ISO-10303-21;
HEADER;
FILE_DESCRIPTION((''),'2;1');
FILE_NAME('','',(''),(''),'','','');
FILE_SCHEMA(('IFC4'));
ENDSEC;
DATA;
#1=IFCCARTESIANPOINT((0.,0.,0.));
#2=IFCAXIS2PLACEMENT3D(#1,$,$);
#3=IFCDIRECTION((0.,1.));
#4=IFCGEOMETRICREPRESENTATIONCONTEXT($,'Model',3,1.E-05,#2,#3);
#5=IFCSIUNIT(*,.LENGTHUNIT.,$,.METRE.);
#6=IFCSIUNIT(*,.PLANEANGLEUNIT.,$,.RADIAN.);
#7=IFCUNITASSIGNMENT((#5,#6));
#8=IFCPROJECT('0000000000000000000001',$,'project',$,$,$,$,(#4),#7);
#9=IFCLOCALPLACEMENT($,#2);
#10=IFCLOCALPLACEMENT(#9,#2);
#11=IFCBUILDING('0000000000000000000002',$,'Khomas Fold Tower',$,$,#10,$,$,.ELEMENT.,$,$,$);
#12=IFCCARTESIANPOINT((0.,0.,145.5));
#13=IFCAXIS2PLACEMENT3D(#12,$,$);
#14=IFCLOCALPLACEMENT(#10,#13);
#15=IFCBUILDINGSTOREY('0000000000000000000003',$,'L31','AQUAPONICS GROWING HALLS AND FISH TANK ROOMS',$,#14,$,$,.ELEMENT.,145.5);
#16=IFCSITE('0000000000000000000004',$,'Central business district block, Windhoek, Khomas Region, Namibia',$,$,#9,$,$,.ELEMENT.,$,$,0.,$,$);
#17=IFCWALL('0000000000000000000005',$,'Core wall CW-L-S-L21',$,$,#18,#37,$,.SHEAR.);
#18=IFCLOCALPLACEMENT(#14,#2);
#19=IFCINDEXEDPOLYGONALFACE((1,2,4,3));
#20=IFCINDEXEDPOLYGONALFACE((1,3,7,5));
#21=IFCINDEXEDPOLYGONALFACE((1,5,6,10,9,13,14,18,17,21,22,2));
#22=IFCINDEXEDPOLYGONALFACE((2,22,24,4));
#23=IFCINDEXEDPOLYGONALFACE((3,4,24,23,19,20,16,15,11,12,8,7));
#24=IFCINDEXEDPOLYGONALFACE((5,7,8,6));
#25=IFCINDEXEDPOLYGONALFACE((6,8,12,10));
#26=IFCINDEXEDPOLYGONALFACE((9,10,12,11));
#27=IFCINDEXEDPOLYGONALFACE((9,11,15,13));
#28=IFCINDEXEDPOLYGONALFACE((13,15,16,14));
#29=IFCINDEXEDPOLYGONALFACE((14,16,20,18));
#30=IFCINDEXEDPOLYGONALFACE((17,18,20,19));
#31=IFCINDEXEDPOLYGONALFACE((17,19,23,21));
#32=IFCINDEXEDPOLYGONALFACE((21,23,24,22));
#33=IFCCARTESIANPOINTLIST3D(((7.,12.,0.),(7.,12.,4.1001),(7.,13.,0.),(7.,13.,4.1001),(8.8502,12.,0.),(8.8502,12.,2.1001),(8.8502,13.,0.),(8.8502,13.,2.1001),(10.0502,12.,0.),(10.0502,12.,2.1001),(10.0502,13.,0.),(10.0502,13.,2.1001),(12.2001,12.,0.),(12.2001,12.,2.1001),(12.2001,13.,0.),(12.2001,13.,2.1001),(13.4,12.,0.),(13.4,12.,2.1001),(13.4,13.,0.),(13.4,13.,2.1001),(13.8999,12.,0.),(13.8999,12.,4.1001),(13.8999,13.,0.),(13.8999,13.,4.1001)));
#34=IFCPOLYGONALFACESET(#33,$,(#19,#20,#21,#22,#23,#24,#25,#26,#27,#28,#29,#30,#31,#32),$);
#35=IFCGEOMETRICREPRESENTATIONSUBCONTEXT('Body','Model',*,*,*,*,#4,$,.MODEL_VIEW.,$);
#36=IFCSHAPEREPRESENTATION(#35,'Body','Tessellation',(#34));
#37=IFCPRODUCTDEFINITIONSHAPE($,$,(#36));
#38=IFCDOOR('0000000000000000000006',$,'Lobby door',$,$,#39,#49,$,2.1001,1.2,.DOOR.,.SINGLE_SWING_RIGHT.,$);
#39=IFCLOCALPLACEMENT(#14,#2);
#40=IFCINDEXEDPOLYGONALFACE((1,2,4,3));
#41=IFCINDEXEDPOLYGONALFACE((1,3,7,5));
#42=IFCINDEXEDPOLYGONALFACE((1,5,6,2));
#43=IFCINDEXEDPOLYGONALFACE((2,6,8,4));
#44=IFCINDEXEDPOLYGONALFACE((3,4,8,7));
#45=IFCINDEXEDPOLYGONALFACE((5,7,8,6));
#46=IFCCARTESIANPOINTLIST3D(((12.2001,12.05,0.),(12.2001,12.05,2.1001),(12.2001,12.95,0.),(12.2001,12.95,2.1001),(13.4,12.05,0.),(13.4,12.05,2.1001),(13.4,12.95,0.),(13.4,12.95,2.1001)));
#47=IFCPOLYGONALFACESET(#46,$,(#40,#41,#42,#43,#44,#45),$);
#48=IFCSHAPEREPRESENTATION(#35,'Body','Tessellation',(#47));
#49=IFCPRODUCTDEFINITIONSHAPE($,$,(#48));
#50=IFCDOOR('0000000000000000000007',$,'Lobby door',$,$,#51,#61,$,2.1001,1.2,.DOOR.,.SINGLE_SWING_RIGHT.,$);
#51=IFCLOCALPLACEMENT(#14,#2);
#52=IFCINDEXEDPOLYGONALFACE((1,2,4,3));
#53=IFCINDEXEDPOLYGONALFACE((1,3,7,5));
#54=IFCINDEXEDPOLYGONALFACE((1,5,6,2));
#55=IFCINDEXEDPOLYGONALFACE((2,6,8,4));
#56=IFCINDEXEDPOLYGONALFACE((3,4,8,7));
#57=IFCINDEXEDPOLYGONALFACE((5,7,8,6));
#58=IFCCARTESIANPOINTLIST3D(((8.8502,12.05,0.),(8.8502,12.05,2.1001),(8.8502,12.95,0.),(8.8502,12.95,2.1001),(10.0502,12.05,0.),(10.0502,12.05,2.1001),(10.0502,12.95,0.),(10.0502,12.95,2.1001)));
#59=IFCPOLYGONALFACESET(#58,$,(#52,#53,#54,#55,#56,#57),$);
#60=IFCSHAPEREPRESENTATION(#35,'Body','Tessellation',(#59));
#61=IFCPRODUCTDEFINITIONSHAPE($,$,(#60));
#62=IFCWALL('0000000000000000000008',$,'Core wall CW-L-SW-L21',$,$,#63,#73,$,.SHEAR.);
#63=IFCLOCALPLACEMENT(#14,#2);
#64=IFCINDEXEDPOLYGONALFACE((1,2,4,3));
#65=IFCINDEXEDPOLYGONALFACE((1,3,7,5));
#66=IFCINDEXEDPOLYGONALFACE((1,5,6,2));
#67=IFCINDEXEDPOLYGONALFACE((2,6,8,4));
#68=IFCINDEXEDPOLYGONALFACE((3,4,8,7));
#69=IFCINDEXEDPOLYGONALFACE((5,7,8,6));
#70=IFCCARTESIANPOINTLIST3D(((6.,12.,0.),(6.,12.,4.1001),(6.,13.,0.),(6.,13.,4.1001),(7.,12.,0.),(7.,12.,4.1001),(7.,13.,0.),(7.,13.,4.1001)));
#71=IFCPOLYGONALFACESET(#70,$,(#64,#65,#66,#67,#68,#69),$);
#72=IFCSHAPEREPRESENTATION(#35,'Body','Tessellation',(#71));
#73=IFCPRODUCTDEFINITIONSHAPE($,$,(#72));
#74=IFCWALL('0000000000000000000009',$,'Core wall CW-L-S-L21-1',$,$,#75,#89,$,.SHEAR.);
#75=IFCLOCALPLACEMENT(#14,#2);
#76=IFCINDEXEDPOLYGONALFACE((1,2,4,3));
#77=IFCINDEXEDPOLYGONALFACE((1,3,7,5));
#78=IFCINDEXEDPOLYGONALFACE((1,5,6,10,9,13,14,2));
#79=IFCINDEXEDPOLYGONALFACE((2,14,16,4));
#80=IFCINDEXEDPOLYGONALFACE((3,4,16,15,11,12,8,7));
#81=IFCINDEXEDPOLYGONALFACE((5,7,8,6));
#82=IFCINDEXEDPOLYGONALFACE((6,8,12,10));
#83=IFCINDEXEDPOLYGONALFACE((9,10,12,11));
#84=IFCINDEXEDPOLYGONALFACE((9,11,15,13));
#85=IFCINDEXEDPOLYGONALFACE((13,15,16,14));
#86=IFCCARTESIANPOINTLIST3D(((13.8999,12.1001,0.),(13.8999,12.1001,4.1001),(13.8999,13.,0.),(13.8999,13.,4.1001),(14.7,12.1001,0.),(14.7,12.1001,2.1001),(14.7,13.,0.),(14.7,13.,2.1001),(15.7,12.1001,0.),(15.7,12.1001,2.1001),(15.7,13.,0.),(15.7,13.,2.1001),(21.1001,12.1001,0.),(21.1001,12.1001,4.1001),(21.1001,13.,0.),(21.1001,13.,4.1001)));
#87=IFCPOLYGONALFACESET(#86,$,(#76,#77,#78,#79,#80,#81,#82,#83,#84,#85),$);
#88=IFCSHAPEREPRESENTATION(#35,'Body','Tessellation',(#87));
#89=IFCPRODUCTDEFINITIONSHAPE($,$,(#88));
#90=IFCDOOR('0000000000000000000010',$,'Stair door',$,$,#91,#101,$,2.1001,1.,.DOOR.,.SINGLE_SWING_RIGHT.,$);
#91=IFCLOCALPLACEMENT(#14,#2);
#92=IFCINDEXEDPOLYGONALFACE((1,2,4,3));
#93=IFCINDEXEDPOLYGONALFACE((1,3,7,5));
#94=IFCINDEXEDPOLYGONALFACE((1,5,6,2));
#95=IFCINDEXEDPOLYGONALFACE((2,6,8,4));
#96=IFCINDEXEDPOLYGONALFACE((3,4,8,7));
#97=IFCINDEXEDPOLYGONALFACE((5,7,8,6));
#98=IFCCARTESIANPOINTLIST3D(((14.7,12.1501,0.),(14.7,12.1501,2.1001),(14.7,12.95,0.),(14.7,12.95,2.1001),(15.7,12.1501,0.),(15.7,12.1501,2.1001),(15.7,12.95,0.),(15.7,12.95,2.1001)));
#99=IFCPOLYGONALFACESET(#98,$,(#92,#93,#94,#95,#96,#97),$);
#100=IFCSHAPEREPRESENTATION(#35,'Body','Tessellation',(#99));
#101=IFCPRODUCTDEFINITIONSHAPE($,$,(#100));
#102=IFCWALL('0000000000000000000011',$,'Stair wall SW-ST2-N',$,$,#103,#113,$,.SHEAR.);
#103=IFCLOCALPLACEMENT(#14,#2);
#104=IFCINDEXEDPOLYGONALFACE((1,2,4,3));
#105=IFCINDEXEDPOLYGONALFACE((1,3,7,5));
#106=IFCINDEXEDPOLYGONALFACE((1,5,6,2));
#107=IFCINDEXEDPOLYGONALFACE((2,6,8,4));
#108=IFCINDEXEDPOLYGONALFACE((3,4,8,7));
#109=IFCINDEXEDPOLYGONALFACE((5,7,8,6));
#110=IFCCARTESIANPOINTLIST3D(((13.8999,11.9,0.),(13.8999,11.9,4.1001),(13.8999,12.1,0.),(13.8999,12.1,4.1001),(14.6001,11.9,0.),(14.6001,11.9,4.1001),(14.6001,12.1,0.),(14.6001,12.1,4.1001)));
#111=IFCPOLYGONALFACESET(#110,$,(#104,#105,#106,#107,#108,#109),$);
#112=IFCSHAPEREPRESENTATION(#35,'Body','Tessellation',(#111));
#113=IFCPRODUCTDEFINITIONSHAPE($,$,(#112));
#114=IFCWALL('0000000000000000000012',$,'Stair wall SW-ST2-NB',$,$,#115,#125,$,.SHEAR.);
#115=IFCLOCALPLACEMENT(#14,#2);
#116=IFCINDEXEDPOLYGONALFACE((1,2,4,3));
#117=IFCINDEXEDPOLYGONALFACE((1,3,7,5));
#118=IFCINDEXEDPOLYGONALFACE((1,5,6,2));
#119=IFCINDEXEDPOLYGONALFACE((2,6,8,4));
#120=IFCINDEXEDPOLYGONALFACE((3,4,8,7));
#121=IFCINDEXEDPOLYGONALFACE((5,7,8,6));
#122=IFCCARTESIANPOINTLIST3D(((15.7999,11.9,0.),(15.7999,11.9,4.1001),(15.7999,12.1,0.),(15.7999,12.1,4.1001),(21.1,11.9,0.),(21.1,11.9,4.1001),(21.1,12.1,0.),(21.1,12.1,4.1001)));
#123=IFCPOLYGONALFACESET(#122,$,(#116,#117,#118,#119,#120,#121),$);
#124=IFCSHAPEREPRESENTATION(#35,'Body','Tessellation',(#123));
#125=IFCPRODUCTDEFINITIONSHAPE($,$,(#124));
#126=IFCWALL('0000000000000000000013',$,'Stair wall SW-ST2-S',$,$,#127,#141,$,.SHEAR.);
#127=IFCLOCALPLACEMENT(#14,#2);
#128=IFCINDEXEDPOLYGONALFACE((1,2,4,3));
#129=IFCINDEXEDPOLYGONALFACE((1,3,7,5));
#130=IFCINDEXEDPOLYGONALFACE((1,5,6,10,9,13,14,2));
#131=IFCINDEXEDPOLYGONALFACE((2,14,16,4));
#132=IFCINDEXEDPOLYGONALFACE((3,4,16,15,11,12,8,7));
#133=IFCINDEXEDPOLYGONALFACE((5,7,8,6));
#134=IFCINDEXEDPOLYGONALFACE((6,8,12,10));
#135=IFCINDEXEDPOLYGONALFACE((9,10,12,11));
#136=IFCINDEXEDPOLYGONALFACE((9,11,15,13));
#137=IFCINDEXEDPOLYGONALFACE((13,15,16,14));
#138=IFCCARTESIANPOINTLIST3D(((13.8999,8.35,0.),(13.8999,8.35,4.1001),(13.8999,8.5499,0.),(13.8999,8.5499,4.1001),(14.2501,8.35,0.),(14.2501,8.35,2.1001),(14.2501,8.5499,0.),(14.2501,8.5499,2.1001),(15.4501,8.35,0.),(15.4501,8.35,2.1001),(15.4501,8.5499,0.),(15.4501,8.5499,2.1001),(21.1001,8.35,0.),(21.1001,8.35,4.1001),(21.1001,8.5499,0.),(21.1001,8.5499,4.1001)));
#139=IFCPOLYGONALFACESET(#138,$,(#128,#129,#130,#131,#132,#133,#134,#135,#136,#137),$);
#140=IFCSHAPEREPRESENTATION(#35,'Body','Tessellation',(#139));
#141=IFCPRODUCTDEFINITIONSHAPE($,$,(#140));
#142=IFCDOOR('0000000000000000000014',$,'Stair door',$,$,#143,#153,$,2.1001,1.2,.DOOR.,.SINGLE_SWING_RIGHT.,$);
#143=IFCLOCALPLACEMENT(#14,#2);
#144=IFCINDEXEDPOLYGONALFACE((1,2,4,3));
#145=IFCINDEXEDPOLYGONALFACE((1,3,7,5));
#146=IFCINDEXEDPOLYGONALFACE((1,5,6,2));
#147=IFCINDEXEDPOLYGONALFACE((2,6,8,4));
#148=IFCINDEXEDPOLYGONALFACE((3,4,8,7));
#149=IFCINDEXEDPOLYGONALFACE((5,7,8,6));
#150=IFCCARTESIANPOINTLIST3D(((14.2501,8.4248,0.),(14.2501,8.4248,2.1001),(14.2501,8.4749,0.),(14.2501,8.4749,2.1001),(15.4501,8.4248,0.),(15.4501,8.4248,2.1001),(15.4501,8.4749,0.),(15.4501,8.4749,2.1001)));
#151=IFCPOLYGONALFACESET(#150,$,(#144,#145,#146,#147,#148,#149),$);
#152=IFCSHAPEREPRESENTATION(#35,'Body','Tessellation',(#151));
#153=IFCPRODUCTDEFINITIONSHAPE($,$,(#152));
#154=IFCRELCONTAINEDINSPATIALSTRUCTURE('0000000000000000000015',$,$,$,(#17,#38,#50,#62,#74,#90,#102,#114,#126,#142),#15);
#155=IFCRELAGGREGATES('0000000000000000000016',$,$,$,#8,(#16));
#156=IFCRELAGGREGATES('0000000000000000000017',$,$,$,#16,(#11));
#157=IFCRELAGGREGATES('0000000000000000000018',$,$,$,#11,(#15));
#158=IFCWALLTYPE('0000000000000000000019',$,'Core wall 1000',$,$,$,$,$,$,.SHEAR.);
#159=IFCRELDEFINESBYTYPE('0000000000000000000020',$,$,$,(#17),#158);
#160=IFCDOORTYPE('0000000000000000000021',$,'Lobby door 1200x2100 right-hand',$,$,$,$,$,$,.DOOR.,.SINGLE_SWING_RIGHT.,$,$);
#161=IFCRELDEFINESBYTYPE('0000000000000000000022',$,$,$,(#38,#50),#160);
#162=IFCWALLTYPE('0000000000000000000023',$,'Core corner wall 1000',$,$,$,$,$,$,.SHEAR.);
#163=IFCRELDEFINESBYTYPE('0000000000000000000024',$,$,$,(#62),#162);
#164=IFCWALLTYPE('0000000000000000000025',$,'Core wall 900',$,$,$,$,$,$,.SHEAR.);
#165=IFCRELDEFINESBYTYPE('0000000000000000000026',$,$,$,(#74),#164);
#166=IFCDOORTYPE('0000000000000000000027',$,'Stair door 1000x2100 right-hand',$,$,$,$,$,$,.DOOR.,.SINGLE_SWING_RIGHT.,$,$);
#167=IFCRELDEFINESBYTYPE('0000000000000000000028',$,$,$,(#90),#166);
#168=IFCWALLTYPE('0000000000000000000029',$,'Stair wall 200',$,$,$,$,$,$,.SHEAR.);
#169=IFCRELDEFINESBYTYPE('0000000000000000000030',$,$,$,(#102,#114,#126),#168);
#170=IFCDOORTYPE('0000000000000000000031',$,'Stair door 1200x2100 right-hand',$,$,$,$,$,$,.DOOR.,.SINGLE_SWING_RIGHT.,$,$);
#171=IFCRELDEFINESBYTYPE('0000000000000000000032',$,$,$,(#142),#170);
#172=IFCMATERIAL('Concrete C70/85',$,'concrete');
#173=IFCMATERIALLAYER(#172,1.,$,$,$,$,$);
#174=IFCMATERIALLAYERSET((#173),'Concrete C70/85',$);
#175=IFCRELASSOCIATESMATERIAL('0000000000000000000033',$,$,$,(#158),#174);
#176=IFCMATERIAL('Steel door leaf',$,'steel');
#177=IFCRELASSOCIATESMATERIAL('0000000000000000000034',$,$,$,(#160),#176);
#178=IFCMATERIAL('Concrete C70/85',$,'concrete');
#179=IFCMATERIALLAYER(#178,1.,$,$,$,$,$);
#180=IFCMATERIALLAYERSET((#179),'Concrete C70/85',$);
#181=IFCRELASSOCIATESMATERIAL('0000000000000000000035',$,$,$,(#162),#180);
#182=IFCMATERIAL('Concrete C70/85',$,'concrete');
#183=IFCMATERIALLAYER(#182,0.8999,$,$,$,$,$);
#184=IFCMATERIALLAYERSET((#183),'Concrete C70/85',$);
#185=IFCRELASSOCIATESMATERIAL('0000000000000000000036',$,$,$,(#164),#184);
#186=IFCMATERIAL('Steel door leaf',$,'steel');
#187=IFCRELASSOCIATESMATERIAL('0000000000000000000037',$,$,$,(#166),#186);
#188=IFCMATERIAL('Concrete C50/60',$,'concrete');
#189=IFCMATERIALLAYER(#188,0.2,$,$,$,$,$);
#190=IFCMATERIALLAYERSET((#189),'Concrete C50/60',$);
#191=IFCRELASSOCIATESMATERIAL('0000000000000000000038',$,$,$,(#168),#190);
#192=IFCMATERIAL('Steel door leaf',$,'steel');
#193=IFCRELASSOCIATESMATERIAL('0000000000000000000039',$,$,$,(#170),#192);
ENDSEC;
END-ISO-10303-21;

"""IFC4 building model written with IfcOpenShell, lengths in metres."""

from ifc_helpers import new_model, si_unit, direction, frame, frame_2d, origin, place, context, subcontext, project, spatial, rectangle, extrude, source, transform, mapped, material, layer, layer_set, type_object, element, fill, save


model = new_model("IFC4")

# Units and contexts
model_context = context("Model", 3, precision=1e-05, world=origin(), true_north=direction((0.0, 1.0)))
body_context = subcontext(model_context, "Body", "Model", "MODEL_VIEW")
ifc_project = project(units=[si_unit("LENGTHUNIT", "METRE"), si_unit("PLANEANGLEUNIT", "RADIAN")], contexts=[model_context])

# Site, building, storey
site_placement = place(None, origin())
site = spatial("IfcSite", under=ifc_project, at=site_placement, Name="Central business district block, Windhoek, Khomas Region, Namibia", CompositionType="ELEMENT", RefElevation=0.0)
building_placement = place(site_placement, origin())
building = spatial("IfcBuilding", under=site, at=building_placement, Name="Khomas Fold Tower", CompositionType="ELEMENT")
storey_placement = place(building_placement, frame((0.0, 0.0, 145.5)))
storey = spatial("IfcBuildingStorey", under=building, at=storey_placement, Name="L31", Description="AQUAPONICS GROWING HALLS AND FISH TANK ROOMS", CompositionType="ELEMENT", Elevation=145.5)

# Wall, openings, doors
ifc_material_1 = material(Name="Concrete C70/85", Category="concrete")
ifc_layer_1 = layer(ifc_material_1, 1.0)
ifc_layer_set_1 = layer_set([ifc_layer_1], Name="Concrete C70/85")
wall_type_1 = type_object("IfcWallType", Name="Core wall 1000", PredefinedType="SHEAR", material=ifc_layer_set_1)
shared_shape_1 = source(origin(), body_context, "Body", "SweptSolid", [
    extrude(rectangle(XDim=6.8999, YDim=1.0, at=frame_2d((3.45, 0.0))), origin(), (0.0, 0.0, 1.0), 4.1001),
])
wall_1_placement = place(storey_placement, frame((7.0, 12.5, 0.0), z_axis=(0.0, 0.0, 1.0), x_axis=(1.0, 0.0, 0.0)))
wall_1 = element("IfcWall", 1, at=wall_1_placement, inside=storey, type_object=wall_type_1, Name="Core wall CW-L-S-L21", PredefinedType="SHEAR", context=body_context, shape_type="MappedRepresentation", body=[
    mapped(shared_shape_1, transform((0.0, 0.0, 0.0))),
])
shared_shape_2 = source(origin(), body_context, "Body", "SweptSolid", [
    extrude(rectangle(XDim=1.2, YDim=2.1001, at=frame_2d((0.6001, 1.05))), frame((0.0, 0.51, 0.0), z_axis=(0.0, -1.0, 0.0), x_axis=(1.0, 0.0, 0.0)), (0.0, 0.0, 1.0), 1.02),
])
opening_1_placement = place(wall_1_placement, frame((5.2, 0.0, 0.0)))
opening_1 = element("IfcOpeningElement", 2, at=opening_1_placement, cuts=wall_1, PredefinedType="OPENING", context=body_context, shape_type="MappedRepresentation", body=[
    mapped(shared_shape_2, transform((0.0, 0.0, 0.0))),
])
opening_2_placement = place(wall_1_placement, frame((1.8501, 0.0, 0.0)))
opening_2 = element("IfcOpeningElement", 3, at=opening_2_placement, cuts=wall_1, PredefinedType="OPENING", context=body_context, shape_type="MappedRepresentation", body=[
    mapped(shared_shape_2, transform((0.0, 0.0, 0.0))),
])
ifc_material_2 = material(Name="Steel door leaf", Category="steel")
door_type_1 = type_object("IfcDoorType", Name="Lobby door 1200x2100 right-hand", OperationType="SINGLE_SWING_RIGHT", PredefinedType="DOOR", material=ifc_material_2)
shared_shape_3 = source(origin(), body_context, "Body", "SweptSolid", [
    extrude(rectangle(XDim=1.2, YDim=2.1001, at=frame_2d((0.6001, 1.05))), frame((0.0, 0.45, 0.0), z_axis=(0.0, -1.0, 0.0), x_axis=(1.0, 0.0, 0.0)), (0.0, 0.0, 1.0), 0.8999),
])
door_1_placement = place(opening_1_placement, origin())
door_1 = element("IfcDoor", 4, at=door_1_placement, inside=storey, type_object=door_type_1, Name="Lobby door", OperationType="SINGLE_SWING_RIGHT", OverallHeight=2.1001, OverallWidth=1.2, PredefinedType="DOOR", context=body_context, shape_type="MappedRepresentation", body=[
    mapped(shared_shape_3, transform((0.0, 0.0, 0.0))),
])
fill(opening_1, door_1)
door_2_placement = place(opening_2_placement, origin())
door_2 = element("IfcDoor", 5, at=door_2_placement, inside=storey, type_object=door_type_1, Name="Lobby door", OperationType="SINGLE_SWING_RIGHT", OverallHeight=2.1001, OverallWidth=1.2, PredefinedType="DOOR", context=body_context, shape_type="MappedRepresentation", body=[
    mapped(shared_shape_3, transform((0.0, 0.0, 0.0))),
])
fill(opening_2, door_2)

# Wall
ifc_material_3 = material(Name="Concrete C70/85", Category="concrete")
ifc_layer_2 = layer(ifc_material_3, 1.0)
ifc_layer_set_2 = layer_set([ifc_layer_2], Name="Concrete C70/85")
wall_type_2 = type_object("IfcWallType", Name="Core corner wall 1000", PredefinedType="SHEAR", material=ifc_layer_set_2)
shared_shape_4 = source(origin(), body_context, "Body", "SweptSolid", [
    extrude(rectangle(XDim=1.0, YDim=1.0, at=frame_2d((0.5, 0.0))), origin(), (0.0, 0.0, 1.0), 4.1001),
])
wall_2_placement = place(storey_placement, frame((6.0, 12.5, 0.0), z_axis=(0.0, 0.0, 1.0), x_axis=(1.0, 0.0, 0.0)))
element("IfcWall", 6, at=wall_2_placement, inside=storey, type_object=wall_type_2, Name="Core wall CW-L-SW-L21", PredefinedType="SHEAR", context=body_context, shape_type="MappedRepresentation", body=[
    mapped(shared_shape_4, transform((0.0, 0.0, 0.0))),
])

# Wall, opening, door
ifc_material_4 = material(Name="Concrete C70/85", Category="concrete")
ifc_layer_3 = layer(ifc_material_4, 0.8999)
ifc_layer_set_3 = layer_set([ifc_layer_3], Name="Concrete C70/85")
wall_type_3 = type_object("IfcWallType", Name="Core wall 900", PredefinedType="SHEAR", material=ifc_layer_set_3)
shared_shape_5 = source(origin(), body_context, "Body", "SweptSolid", [
    extrude(rectangle(XDim=7.2002, YDim=0.8999, at=frame_2d((3.6001, 0.0))), origin(), (0.0, 0.0, 1.0), 4.1001),
])
wall_3_placement = place(storey_placement, frame((13.8999, 12.55, 0.0), z_axis=(0.0, 0.0, 1.0), x_axis=(1.0, 0.0, 0.0)))
wall_3 = element("IfcWall", 7, at=wall_3_placement, inside=storey, type_object=wall_type_3, Name="Core wall CW-L-S-L21-1", PredefinedType="SHEAR", context=body_context, shape_type="MappedRepresentation", body=[
    mapped(shared_shape_5, transform((0.0, 0.0, 0.0))),
])
shared_shape_6 = source(origin(), body_context, "Body", "SweptSolid", [
    extrude(rectangle(XDim=1.0, YDim=2.1001, at=frame_2d((0.5, 1.05))), frame((0.0, 0.46, 0.0), z_axis=(0.0, -1.0, 0.0), x_axis=(1.0, 0.0, 0.0)), (0.0, 0.0, 1.0), 0.9199),
])
opening_3_placement = place(wall_3_placement, frame((0.8, 0.0, 0.0)))
opening_3 = element("IfcOpeningElement", 8, at=opening_3_placement, cuts=wall_3, PredefinedType="OPENING", context=body_context, shape_type="MappedRepresentation", body=[
    mapped(shared_shape_6, transform((0.0, 0.0, 0.0))),
])
ifc_material_5 = material(Name="Steel door leaf", Category="steel")
door_type_2 = type_object("IfcDoorType", Name="Stair door 1000x2100 right-hand", OperationType="SINGLE_SWING_RIGHT", PredefinedType="DOOR", material=ifc_material_5)
shared_shape_7 = source(origin(), body_context, "Body", "SweptSolid", [
    extrude(rectangle(XDim=1.0, YDim=2.1001, at=frame_2d((0.5, 1.05))), frame((0.0, 0.3999, 0.0), z_axis=(0.0, -1.0, 0.0), x_axis=(1.0, 0.0, 0.0)), (0.0, 0.0, 1.0), 0.7998),
])
door_3_placement = place(opening_3_placement, origin())
door_3 = element("IfcDoor", 9, at=door_3_placement, inside=storey, type_object=door_type_2, Name="Stair door", OperationType="SINGLE_SWING_RIGHT", OverallHeight=2.1001, OverallWidth=1.0, PredefinedType="DOOR", context=body_context, shape_type="MappedRepresentation", body=[
    mapped(shared_shape_7, transform((0.0, 0.0, 0.0))),
])
fill(opening_3, door_3)

# Walls
ifc_material_6 = material(Name="Concrete C50/60", Category="concrete")
ifc_layer_4 = layer(ifc_material_6, 0.2)
ifc_layer_set_4 = layer_set([ifc_layer_4], Name="Concrete C50/60")
wall_type_4 = type_object("IfcWallType", Name="Stair wall 200", PredefinedType="SHEAR", material=ifc_layer_set_4)
shared_shape_8 = source(origin(), body_context, "Body", "SweptSolid", [
    extrude(rectangle(XDim=0.7002, YDim=0.2, at=frame_2d((0.3501, 0.0))), origin(), (0.0, 0.0, 1.0), 4.1001),
])
wall_4_placement = place(storey_placement, frame((13.8999, 12.0, 0.0), z_axis=(0.0, 0.0, 1.0), x_axis=(1.0, 0.0, 0.0)))
element("IfcWall", 10, at=wall_4_placement, inside=storey, type_object=wall_type_4, Name="Stair wall SW-ST2-N", PredefinedType="SHEAR", context=body_context, shape_type="MappedRepresentation", body=[
    mapped(shared_shape_8, transform((0.0, 0.0, 0.0))),
])
shared_shape_9 = source(origin(), body_context, "Body", "SweptSolid", [
    extrude(rectangle(XDim=5.3, YDim=0.2, at=frame_2d((2.6499, 0.0))), origin(), (0.0, 0.0, 1.0), 4.1001),
])
wall_5_placement = place(storey_placement, frame((15.8, 12.0, 0.0), z_axis=(0.0, 0.0, 1.0), x_axis=(1.0, 0.0, 0.0)))
element("IfcWall", 11, at=wall_5_placement, inside=storey, type_object=wall_type_4, Name="Stair wall SW-ST2-NB", PredefinedType="SHEAR", context=body_context, shape_type="MappedRepresentation", body=[
    mapped(shared_shape_9, transform((0.0, 0.0, 0.0))),
])

# Wall, opening, door
shared_shape_10 = source(origin(), body_context, "Body", "SweptSolid", [
    extrude(rectangle(XDim=7.2002, YDim=0.2, at=frame_2d((3.6001, 0.0))), origin(), (0.0, 0.0, 1.0), 4.1001),
])
wall_6_placement = place(storey_placement, frame((13.8999, 8.45, 0.0), z_axis=(0.0, 0.0, 1.0), x_axis=(1.0, 0.0, 0.0)))
wall_6 = element("IfcWall", 12, at=wall_6_placement, inside=storey, type_object=wall_type_4, Name="Stair wall SW-ST2-S", PredefinedType="SHEAR", context=body_context, shape_type="MappedRepresentation", body=[
    mapped(shared_shape_10, transform((0.0, 0.0, 0.0))),
])
shared_shape_11 = source(origin(), body_context, "Body", "SweptSolid", [
    extrude(rectangle(XDim=1.2, YDim=2.1001, at=frame_2d((0.6001, 1.05))), frame((0.0, 0.1099, 0.0), z_axis=(0.0, -1.0, 0.0), x_axis=(1.0, 0.0, 0.0)), (0.0, 0.0, 1.0), 0.22),
])
opening_4_placement = place(wall_6_placement, frame((0.3501, 0.0, 0.0)))
opening_4 = element("IfcOpeningElement", 13, at=opening_4_placement, cuts=wall_6, PredefinedType="OPENING", context=body_context, shape_type="MappedRepresentation", body=[
    mapped(shared_shape_11, transform((0.0, 0.0, 0.0))),
])
ifc_material_7 = material(Name="Steel door leaf", Category="steel")
door_type_3 = type_object("IfcDoorType", Name="Stair door 1200x2100 right-hand", OperationType="SINGLE_SWING_RIGHT", PredefinedType="DOOR", material=ifc_material_7)
shared_shape_12 = source(origin(), body_context, "Body", "SweptSolid", [
    extrude(rectangle(XDim=1.2, YDim=2.1001, at=frame_2d((0.6001, 1.05))), frame((0.0, 0.0249, 0.0), z_axis=(0.0, -1.0, 0.0), x_axis=(1.0, 0.0, 0.0)), (0.0, 0.0, 1.0), 0.05),
])
door_4_placement = place(opening_4_placement, origin())
door_4 = element("IfcDoor", 14, at=door_4_placement, inside=storey, type_object=door_type_3, Name="Stair door", OperationType="SINGLE_SWING_RIGHT", OverallHeight=2.1001, OverallWidth=1.2, PredefinedType="DOOR", context=body_context, shape_type="MappedRepresentation", body=[
    mapped(shared_shape_12, transform((0.0, 0.0, 0.0))),
])
fill(opening_4, door_4)

save(model, "model.ifc")
